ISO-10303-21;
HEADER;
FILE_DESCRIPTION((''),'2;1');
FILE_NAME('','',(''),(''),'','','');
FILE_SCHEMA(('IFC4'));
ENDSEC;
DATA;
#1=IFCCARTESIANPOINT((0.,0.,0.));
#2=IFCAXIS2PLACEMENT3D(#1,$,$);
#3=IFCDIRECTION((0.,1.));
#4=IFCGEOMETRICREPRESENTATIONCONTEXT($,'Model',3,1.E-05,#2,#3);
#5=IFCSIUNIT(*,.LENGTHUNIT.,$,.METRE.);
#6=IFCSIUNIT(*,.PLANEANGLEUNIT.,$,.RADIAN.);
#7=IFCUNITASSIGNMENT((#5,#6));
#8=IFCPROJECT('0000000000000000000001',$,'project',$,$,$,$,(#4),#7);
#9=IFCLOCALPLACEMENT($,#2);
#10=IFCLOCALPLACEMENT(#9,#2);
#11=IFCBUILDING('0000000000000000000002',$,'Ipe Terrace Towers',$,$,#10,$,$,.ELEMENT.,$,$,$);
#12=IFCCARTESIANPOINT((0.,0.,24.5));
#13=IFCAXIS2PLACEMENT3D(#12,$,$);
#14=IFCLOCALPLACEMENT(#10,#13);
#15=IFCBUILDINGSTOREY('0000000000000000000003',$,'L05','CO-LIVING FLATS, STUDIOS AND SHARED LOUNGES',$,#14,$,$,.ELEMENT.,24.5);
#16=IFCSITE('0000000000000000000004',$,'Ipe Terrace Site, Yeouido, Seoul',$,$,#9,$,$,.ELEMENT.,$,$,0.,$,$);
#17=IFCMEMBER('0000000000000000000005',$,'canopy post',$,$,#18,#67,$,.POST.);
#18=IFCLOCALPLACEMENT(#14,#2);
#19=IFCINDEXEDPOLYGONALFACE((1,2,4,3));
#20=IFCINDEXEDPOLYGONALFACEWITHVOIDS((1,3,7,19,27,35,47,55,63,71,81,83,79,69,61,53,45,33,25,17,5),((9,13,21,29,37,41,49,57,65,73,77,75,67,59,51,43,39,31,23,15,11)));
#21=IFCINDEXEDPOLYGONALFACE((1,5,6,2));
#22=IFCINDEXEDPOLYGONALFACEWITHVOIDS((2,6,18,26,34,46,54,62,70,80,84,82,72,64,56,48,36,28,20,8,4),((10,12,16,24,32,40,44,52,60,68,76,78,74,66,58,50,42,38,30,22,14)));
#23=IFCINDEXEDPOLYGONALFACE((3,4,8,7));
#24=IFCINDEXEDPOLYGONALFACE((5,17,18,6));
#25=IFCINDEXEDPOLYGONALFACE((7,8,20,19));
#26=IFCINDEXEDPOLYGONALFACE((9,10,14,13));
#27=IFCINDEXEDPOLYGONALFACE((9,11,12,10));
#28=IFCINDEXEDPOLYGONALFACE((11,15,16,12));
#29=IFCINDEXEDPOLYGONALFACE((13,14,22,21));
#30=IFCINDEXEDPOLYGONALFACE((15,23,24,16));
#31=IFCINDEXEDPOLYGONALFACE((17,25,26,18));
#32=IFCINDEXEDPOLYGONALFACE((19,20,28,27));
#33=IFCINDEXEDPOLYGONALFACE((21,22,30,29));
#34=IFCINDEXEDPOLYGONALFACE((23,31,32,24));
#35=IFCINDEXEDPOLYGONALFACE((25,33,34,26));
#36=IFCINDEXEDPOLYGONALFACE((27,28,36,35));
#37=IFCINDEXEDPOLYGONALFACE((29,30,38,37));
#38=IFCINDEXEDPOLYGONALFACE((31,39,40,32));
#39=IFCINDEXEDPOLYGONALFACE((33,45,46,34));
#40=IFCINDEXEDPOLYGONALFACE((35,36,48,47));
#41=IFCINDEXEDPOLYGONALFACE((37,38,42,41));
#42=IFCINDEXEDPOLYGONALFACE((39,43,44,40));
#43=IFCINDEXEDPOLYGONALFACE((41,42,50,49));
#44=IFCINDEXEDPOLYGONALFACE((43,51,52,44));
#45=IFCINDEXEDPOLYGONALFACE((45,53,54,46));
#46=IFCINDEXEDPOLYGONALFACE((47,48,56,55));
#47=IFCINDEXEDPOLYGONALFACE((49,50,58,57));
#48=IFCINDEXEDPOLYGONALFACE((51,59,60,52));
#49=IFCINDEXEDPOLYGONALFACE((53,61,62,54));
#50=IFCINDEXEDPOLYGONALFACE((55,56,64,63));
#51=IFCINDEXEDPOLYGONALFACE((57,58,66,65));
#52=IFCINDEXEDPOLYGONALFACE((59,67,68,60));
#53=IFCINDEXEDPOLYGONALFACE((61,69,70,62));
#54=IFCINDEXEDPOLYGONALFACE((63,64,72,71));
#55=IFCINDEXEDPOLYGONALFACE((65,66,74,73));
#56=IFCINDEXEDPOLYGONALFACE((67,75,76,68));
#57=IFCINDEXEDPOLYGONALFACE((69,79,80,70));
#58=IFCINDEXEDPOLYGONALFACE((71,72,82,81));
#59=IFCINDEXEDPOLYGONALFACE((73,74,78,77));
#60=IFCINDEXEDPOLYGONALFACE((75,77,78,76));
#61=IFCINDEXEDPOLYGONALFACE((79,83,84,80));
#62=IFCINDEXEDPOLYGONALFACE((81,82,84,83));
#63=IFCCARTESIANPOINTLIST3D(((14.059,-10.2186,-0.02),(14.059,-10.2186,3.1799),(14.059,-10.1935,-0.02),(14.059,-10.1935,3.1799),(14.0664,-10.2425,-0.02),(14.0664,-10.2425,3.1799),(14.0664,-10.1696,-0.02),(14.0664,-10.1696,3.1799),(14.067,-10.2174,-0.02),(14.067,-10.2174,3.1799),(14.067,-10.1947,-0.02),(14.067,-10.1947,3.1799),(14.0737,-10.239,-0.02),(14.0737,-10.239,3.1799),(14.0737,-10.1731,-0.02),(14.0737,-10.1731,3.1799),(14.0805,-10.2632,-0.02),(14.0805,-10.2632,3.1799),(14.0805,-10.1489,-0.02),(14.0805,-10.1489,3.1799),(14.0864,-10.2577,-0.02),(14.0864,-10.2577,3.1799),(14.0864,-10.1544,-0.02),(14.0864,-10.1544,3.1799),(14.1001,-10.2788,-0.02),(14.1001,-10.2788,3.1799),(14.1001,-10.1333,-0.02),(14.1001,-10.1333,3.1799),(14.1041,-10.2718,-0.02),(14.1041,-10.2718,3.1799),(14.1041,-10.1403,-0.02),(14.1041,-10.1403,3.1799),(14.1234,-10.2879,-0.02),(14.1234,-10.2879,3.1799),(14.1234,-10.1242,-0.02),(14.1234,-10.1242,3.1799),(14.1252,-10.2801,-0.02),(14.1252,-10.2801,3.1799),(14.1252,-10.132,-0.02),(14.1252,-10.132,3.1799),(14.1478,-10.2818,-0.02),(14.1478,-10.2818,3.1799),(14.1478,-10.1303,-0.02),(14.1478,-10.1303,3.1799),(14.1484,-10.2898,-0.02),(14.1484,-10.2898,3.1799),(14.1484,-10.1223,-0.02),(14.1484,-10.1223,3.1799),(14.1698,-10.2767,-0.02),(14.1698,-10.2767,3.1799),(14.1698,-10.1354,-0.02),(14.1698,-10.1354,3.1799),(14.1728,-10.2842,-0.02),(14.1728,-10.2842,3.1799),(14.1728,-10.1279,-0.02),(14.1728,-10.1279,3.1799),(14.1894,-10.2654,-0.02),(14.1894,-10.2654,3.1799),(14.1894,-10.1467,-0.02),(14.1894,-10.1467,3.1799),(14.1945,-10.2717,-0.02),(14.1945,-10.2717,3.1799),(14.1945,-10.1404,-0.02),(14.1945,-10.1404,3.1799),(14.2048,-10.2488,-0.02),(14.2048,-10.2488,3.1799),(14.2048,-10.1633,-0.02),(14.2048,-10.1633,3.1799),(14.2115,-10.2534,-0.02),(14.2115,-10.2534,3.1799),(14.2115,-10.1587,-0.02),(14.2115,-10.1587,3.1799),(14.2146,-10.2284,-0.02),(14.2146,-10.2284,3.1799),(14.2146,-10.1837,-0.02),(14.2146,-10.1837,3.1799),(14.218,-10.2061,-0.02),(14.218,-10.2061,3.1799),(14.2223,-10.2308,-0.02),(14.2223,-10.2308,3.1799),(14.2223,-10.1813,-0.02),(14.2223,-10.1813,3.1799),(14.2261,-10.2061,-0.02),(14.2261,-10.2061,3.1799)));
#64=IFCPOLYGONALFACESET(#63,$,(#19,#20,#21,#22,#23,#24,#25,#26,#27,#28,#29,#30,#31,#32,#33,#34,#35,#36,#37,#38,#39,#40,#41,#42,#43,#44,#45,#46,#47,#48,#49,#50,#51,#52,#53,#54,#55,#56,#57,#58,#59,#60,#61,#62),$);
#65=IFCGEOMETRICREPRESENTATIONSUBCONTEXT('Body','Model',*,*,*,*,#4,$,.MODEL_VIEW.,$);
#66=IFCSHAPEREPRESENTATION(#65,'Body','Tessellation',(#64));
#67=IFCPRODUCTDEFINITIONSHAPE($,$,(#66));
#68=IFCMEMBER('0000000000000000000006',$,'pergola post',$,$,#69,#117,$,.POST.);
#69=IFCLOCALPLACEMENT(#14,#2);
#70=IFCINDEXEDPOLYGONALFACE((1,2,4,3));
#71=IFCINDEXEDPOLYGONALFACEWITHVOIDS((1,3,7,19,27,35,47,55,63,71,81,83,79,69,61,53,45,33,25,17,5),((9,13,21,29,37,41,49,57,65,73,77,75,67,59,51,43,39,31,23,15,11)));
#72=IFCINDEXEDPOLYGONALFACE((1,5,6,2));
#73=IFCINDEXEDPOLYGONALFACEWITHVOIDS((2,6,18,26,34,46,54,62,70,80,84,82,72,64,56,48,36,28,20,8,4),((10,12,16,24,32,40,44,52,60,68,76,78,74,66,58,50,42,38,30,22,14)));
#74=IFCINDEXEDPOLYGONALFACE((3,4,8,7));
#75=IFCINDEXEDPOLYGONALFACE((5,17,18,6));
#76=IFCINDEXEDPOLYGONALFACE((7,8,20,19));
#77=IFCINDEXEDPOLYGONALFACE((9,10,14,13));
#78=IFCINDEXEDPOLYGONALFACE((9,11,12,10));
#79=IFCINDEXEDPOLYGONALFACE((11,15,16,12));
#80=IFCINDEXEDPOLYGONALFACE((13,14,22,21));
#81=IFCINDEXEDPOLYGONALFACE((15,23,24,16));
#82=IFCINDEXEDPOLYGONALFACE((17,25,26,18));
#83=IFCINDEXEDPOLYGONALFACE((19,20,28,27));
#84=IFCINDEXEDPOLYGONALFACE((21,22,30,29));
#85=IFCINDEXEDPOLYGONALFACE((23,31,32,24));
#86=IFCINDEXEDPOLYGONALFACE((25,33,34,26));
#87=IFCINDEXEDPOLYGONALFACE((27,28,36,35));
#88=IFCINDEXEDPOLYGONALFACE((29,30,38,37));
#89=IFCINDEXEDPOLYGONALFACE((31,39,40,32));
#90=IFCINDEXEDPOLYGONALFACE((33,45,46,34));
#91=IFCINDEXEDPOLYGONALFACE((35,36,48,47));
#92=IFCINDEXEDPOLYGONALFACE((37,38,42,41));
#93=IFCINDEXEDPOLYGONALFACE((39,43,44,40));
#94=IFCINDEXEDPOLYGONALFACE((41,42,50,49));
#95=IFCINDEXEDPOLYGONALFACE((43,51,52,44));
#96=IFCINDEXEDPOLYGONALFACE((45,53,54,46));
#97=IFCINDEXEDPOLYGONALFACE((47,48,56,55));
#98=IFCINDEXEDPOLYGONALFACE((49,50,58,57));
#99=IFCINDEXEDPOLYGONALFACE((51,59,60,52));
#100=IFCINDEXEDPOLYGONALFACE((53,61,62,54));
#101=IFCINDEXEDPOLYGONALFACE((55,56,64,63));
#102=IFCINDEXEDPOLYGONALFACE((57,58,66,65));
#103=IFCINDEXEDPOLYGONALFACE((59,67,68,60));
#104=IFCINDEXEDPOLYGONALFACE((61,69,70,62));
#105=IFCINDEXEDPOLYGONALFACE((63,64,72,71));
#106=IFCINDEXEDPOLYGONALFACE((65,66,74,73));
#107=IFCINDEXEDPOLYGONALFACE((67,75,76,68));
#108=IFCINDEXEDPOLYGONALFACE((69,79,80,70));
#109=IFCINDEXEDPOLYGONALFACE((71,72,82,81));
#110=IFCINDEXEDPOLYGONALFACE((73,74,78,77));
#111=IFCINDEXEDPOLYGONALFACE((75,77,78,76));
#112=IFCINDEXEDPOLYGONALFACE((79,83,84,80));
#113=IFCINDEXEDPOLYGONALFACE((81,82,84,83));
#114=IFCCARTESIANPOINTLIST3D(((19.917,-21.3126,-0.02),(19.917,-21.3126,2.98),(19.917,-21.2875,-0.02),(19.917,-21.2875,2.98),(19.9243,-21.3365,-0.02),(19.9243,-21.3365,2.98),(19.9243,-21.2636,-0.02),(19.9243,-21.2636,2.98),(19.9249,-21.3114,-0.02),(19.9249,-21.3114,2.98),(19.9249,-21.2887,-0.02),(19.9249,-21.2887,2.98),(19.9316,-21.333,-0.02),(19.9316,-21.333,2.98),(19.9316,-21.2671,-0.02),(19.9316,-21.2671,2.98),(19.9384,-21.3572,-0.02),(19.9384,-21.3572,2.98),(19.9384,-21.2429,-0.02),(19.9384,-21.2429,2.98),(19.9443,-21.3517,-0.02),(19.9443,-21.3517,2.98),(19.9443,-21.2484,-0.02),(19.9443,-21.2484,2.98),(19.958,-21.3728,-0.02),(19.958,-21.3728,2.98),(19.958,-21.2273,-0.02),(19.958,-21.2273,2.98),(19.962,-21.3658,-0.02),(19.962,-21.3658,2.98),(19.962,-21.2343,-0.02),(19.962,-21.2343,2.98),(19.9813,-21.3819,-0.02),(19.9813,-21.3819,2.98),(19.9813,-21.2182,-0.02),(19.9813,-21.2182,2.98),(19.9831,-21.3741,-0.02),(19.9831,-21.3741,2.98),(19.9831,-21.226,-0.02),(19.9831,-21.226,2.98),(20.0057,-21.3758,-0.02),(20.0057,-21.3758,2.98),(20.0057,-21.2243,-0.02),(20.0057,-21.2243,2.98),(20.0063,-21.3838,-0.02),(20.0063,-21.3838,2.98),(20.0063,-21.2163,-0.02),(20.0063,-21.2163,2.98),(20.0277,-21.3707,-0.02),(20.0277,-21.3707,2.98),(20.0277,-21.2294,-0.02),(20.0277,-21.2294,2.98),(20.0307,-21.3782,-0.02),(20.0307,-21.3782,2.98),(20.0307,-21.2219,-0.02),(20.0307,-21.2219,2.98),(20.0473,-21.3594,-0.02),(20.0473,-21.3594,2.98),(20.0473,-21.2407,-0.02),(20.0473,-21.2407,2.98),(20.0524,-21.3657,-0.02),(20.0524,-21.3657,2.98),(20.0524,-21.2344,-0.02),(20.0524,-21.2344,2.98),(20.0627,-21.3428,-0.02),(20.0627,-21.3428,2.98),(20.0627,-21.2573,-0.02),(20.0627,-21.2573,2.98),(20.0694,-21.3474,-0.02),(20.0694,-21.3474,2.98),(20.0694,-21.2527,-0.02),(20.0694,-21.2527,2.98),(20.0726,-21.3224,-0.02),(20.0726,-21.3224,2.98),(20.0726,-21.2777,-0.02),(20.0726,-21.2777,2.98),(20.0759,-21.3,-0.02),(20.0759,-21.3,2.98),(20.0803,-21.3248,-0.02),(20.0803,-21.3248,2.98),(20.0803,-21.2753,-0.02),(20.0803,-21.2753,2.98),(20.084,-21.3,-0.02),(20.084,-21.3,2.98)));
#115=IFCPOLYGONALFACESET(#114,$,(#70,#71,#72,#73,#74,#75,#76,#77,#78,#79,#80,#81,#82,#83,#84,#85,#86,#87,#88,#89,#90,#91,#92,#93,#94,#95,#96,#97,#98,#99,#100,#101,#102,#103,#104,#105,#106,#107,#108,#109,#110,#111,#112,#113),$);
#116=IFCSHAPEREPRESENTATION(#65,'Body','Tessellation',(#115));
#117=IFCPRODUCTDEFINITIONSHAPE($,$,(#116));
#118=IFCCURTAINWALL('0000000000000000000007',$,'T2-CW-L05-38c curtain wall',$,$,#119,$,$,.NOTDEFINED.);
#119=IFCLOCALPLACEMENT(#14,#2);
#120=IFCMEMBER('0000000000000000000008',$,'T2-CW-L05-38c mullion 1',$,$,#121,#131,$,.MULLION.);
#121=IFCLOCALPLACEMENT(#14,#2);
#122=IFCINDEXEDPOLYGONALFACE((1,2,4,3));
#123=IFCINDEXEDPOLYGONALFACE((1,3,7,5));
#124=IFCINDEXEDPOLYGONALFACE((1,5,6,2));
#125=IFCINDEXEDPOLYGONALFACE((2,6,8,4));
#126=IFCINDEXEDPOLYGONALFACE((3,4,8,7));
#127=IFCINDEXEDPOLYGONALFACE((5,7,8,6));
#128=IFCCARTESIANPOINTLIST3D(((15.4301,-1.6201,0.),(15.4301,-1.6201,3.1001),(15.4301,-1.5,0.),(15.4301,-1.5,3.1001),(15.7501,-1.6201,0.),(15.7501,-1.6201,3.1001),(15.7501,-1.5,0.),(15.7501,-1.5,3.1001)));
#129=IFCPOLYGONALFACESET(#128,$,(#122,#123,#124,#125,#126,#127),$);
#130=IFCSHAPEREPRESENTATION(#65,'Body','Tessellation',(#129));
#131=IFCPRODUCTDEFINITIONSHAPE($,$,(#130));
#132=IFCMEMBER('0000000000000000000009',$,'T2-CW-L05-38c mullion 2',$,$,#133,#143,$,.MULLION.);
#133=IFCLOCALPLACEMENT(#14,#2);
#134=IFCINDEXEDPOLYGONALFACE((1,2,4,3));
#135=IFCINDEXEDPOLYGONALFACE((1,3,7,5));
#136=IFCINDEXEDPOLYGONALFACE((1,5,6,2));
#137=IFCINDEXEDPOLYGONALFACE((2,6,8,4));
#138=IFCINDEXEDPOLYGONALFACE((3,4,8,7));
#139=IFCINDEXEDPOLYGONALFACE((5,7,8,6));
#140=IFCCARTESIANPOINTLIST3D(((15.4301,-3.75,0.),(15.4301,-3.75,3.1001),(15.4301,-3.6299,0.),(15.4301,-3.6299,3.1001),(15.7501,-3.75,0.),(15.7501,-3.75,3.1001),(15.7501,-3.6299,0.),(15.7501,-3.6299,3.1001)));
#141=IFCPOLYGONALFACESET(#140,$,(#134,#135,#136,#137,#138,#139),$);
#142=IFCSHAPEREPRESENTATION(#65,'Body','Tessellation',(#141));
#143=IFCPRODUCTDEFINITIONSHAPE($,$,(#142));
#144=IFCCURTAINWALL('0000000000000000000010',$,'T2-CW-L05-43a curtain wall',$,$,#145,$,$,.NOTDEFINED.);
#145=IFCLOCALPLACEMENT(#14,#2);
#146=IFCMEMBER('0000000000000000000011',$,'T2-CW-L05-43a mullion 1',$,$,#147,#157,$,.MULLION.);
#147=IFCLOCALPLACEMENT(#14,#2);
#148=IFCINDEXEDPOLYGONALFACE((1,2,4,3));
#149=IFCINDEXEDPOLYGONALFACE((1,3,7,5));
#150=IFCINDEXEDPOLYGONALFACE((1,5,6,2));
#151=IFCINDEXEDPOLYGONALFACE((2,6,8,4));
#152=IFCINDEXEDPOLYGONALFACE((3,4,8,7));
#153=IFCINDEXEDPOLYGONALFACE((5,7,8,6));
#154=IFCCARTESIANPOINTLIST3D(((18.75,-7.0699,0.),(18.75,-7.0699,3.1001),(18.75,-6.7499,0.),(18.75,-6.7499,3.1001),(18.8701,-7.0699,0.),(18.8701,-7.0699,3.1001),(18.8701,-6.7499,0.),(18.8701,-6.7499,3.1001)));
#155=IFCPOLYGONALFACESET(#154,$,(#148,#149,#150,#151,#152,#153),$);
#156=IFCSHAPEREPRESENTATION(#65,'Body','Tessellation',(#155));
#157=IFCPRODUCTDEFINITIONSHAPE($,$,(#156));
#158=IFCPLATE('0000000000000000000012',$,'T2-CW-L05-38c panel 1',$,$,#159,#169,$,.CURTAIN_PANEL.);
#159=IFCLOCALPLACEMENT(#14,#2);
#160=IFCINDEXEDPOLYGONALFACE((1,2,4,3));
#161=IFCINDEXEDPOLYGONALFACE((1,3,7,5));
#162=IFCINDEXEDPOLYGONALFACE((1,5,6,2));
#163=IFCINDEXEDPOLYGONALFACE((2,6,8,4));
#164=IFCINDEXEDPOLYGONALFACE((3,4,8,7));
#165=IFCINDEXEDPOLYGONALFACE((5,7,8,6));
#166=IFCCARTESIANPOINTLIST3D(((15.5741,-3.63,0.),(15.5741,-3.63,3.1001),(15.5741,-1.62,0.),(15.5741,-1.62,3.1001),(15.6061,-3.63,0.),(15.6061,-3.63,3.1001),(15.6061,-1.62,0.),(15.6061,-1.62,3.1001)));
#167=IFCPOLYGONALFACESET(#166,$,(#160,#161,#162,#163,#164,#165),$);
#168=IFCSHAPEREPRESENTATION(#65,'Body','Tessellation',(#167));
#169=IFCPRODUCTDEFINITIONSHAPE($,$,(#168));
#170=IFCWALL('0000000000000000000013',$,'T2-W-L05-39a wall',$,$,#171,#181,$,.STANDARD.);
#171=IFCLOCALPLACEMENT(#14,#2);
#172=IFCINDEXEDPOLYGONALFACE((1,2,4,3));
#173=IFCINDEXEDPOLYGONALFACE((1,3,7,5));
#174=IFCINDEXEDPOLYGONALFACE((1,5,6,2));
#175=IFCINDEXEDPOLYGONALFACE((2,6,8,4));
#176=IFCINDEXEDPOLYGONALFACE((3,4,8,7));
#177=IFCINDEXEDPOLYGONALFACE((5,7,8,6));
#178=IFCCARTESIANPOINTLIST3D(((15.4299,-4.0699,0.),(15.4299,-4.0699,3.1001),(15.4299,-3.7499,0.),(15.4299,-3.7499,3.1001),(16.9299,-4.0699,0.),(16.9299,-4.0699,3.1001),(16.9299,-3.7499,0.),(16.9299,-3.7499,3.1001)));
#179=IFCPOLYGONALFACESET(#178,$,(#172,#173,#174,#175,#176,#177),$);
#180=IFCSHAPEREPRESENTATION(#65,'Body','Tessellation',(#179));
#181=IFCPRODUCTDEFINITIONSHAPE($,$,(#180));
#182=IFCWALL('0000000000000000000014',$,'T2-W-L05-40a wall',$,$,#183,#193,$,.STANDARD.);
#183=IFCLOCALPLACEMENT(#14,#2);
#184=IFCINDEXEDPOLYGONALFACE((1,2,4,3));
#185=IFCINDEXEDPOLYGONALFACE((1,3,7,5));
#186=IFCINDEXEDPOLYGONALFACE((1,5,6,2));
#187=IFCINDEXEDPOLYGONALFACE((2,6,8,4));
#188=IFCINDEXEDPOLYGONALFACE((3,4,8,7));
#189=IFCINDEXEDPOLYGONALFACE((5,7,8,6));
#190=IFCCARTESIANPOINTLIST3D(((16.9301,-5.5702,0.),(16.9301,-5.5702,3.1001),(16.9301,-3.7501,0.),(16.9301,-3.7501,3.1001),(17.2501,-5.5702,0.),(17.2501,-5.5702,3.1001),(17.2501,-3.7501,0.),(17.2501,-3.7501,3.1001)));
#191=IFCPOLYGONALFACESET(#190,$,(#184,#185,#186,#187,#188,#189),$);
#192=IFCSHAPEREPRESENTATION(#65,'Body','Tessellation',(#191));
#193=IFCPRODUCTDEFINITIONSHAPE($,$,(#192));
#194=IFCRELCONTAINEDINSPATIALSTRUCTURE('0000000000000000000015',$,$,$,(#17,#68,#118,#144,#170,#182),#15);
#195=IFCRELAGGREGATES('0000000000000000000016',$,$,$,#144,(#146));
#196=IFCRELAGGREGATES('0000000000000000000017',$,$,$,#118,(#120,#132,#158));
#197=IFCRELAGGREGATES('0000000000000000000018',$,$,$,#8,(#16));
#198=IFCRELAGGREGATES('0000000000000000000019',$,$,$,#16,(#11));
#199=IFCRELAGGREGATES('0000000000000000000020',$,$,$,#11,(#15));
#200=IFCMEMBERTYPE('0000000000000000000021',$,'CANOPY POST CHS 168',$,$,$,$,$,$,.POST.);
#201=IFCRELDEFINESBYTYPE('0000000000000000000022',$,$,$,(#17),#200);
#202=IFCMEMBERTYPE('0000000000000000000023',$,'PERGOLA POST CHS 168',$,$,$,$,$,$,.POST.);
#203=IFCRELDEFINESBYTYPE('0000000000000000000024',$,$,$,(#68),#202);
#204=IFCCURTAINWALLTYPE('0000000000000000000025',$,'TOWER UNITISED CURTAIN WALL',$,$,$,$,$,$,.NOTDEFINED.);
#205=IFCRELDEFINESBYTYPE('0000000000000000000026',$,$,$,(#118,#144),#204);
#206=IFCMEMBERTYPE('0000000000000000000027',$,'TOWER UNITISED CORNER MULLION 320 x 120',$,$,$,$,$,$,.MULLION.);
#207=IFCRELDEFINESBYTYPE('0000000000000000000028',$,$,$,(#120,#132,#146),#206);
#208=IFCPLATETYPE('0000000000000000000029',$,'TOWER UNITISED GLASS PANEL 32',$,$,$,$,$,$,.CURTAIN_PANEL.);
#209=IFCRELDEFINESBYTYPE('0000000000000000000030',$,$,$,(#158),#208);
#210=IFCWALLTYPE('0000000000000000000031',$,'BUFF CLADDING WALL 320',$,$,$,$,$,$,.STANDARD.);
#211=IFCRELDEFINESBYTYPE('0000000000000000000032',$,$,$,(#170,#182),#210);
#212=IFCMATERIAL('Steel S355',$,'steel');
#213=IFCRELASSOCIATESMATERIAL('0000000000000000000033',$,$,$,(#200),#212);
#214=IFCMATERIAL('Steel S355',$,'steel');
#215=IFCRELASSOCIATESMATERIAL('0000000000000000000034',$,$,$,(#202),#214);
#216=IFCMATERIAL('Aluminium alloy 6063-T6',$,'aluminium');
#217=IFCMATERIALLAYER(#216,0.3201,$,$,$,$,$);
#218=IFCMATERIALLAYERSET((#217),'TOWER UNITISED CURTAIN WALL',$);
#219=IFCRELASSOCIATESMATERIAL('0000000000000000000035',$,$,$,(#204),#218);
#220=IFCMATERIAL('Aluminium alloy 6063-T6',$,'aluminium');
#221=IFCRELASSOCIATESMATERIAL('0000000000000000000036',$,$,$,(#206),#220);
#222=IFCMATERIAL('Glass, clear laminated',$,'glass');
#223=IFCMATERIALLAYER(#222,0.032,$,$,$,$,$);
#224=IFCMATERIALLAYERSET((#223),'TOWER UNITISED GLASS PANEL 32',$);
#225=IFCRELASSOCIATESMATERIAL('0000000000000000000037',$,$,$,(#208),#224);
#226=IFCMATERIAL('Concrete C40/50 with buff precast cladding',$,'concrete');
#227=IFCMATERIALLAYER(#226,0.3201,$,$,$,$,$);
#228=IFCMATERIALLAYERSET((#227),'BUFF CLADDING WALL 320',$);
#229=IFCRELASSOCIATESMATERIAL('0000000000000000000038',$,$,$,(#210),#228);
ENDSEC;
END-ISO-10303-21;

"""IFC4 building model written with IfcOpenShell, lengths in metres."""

from ifc_helpers import new_model, si_unit, direction, frame, frame_2d, origin, origin_2d, place, context, subcontext, project, spatial, rectangle, hollow_circle, extrude, material, layer, layer_set, material_profile, profile_set, type_object, element, aggregate, save


model = new_model("IFC4")

# Units and contexts
model_context = context("Model", 3, precision=1e-05, world=origin(), true_north=direction((0.0, 1.0)))
body_context = subcontext(model_context, "Body", "Model", "MODEL_VIEW")
ifc_project = project(units=[si_unit("LENGTHUNIT", "METRE"), si_unit("PLANEANGLEUNIT", "RADIAN")], contexts=[model_context])

# Site, building, storey
site_placement = place(None, origin())
site = spatial("IfcSite", under=ifc_project, at=site_placement, Name="Ipe Terrace Site, Yeouido, Seoul", CompositionType="ELEMENT", RefElevation=0.0)
building_placement = place(site_placement, origin())
building = spatial("IfcBuilding", under=site, at=building_placement, Name="Ipe Terrace Towers", CompositionType="ELEMENT")
storey_placement = place(building_placement, frame((0.0, 0.0, 24.5)))
storey = spatial("IfcBuildingStorey", under=building, at=storey_placement, Name="L05", Description="CO-LIVING FLATS, STUDIOS AND SHARED LOUNGES", CompositionType="ELEMENT", Elevation=24.5)

# Members
ifc_material_1 = material(Name="Steel S355", Category="steel")
ifc_material_profile_1 = material_profile(ifc_material_1, hollow_circle(Radius=0.084, WallThickness=0.0081, at=origin_2d()), Name="CANOPY POST CHS 168")
ifc_profile_set_1 = profile_set([ifc_material_profile_1], Name="Steel S355")
member_type_1 = type_object("IfcMemberType", Name="CANOPY POST CHS 168", PredefinedType="POST", material=ifc_profile_set_1)
for number, where, z_axis, x_axis, name in (
    (1, (14.1421, -10.2061, -0.02), (0.0, 0.0, 1.0), (1.0, 0.0, 0.0), "canopy post"),
):
    element("IfcMember", number, at=place(storey_placement, frame(where, z_axis=z_axis, x_axis=x_axis)), inside=storey, type_object=member_type_1, Name=name, PredefinedType="POST", context=body_context, shape_type="SweptSolid", body=[
        extrude(hollow_circle(Radius=0.084, WallThickness=0.0081, at=origin_2d()), origin(), (0.0, 0.0, 1.0), 3.2),
    ])
ifc_material_2 = material(Name="Steel S355", Category="steel")
ifc_material_profile_2 = material_profile(ifc_material_2, hollow_circle(Radius=0.084, WallThickness=0.0081, at=origin_2d()), Name="PERGOLA POST CHS 168")
ifc_profile_set_2 = profile_set([ifc_material_profile_2], Name="Steel S355")
member_type_2 = type_object("IfcMemberType", Name="PERGOLA POST CHS 168", PredefinedType="POST", material=ifc_profile_set_2)
member_1_placement = place(storey_placement, frame((20.0, -21.3, -0.02), z_axis=(0.0, 0.0, 1.0), x_axis=(1.0, 0.0, 0.0)))
element("IfcMember", 2, at=member_1_placement, inside=storey, type_object=member_type_2, Name="pergola post", PredefinedType="POST", context=body_context, shape_type="SweptSolid", body=[
    extrude(hollow_circle(Radius=0.084, WallThickness=0.0081, at=origin_2d()), origin(), (0.0, 0.0, 1.0), 3.0),
])

# Curtain wall, members
ifc_material_3 = material(Name="Aluminium alloy 6063-T6", Category="aluminium")
ifc_layer_1 = layer(ifc_material_3, 0.3201)
ifc_layer_set_1 = layer_set([ifc_layer_1], Name="TOWER UNITISED CURTAIN WALL")
curtain_wall_type = type_object("IfcCurtainWallType", Name="TOWER UNITISED CURTAIN WALL", PredefinedType="NOTDEFINED", material=ifc_layer_set_1)
curtain_wall_1_placement = place(storey_placement, origin())
curtain_wall_1 = element("IfcCurtainWall", 3, at=curtain_wall_1_placement, inside=storey, type_object=curtain_wall_type, Name="T2-CW-L05-38c curtain wall", PredefinedType="NOTDEFINED")
ifc_material_4 = material(Name="Aluminium alloy 6063-T6", Category="aluminium")
ifc_material_profile_3 = material_profile(ifc_material_4, rectangle(XDim=0.3201, YDim=0.1201, at=origin_2d()), Name="TOWER UNITISED CORNER MULLION 320 x 120")
ifc_profile_set_3 = profile_set([ifc_material_profile_3], Name="Aluminium alloy 6063-T6")
member_type_3 = type_object("IfcMemberType", Name="TOWER UNITISED CORNER MULLION 320 x 120", PredefinedType="MULLION", material=ifc_profile_set_3)
member_2_placement = place(storey_placement, frame((15.5901, -1.5601, 0.0), z_axis=(0.0, 0.0, 1.0), x_axis=(-1.0, 0.0, 0.0)))
member_2 = element("IfcMember", 4, at=member_2_placement, type_object=member_type_3, Name="T2-CW-L05-38c mullion 1", PredefinedType="MULLION", context=body_context, shape_type="SweptSolid", body=[
    extrude(rectangle(XDim=0.3201, YDim=0.1201, at=origin_2d()), origin(), (0.0, 0.0, 1.0), 3.1001),
])
member_3_placement = place(storey_placement, frame((15.5901, -3.6899, 0.0), z_axis=(0.0, 0.0, 1.0), x_axis=(-1.0, 0.0, 0.0)))
member_3 = element("IfcMember", 5, at=member_3_placement, type_object=member_type_3, Name="T2-CW-L05-38c mullion 2", PredefinedType="MULLION", context=body_context, shape_type="SweptSolid", body=[
    extrude(rectangle(XDim=0.3201, YDim=0.1201, at=origin_2d()), origin(), (0.0, 0.0, 1.0), 3.1001),
])

# Curtain wall, member
curtain_wall_2_placement = place(storey_placement, origin())
curtain_wall_2 = element("IfcCurtainWall", 6, at=curtain_wall_2_placement, inside=storey, type_object=curtain_wall_type, Name="T2-CW-L05-43a curtain wall", PredefinedType="NOTDEFINED")
member_4_placement = place(storey_placement, frame((18.8101, -6.9099, 0.0), z_axis=(0.0, 0.0, 1.0), x_axis=(0.0, -1.0, 0.0)))
member_4 = element("IfcMember", 7, at=member_4_placement, type_object=member_type_3, Name="T2-CW-L05-43a mullion 1", PredefinedType="MULLION", context=body_context, shape_type="SweptSolid", body=[
    extrude(rectangle(XDim=0.3201, YDim=0.1201, at=origin_2d()), origin(), (0.0, 0.0, 1.0), 3.1001),
])
aggregate(curtain_wall_2, [member_4])

# Plate
ifc_material_5 = material(Name="Glass, clear laminated", Category="glass")
ifc_layer_2 = layer(ifc_material_5, 0.032)
ifc_layer_set_2 = layer_set([ifc_layer_2], Name="TOWER UNITISED GLASS PANEL 32")
plate_type = type_object("IfcPlateType", Name="TOWER UNITISED GLASS PANEL 32", PredefinedType="CURTAIN_PANEL", material=ifc_layer_set_2)
plate_placement = place(storey_placement, frame((15.5901, -2.625, 0.0), z_axis=(0.0, 0.0, 1.0), x_axis=(0.0, -1.0, 0.0)))
plate = element("IfcPlate", 8, at=plate_placement, type_object=plate_type, Name="T2-CW-L05-38c panel 1", PredefinedType="CURTAIN_PANEL", context=body_context, shape_type="SweptSolid", body=[
    extrude(rectangle(XDim=2.01, YDim=0.032, at=origin_2d()), origin(), (0.0, 0.0, 1.0), 3.1001),
])
aggregate(curtain_wall_1, [member_2, member_3, plate])

# Walls
ifc_material_6 = material(Name="Concrete C40/50 with buff precast cladding", Category="concrete")
ifc_layer_3 = layer(ifc_material_6, 0.3201)
ifc_layer_set_3 = layer_set([ifc_layer_3], Name="BUFF CLADDING WALL 320")
wall_type_1 = type_object("IfcWallType", Name="BUFF CLADDING WALL 320", PredefinedType="STANDARD", material=ifc_layer_set_3)
wall_1_placement = place(storey_placement, frame((15.4299, -3.9099, 0.0), z_axis=(0.0, 0.0, 1.0), x_axis=(1.0, 0.0, 0.0)))
element("IfcWall", 9, at=wall_1_placement, inside=storey, type_object=wall_type_1, Name="T2-W-L05-39a wall", PredefinedType="STANDARD", context=body_context, shape_type="SweptSolid", body=[
    extrude(rectangle(XDim=1.5, YDim=0.3201, at=frame_2d((0.75, 0.0))), origin(), (0.0, 0.0, 1.0), 3.1001),
])
wall_2_placement = place(storey_placement, frame((17.0901, -3.75, 0.0), z_axis=(0.0, 0.0, 1.0), x_axis=(0.0, -1.0, 0.0)))
element("IfcWall", 10, at=wall_2_placement, inside=storey, type_object=wall_type_1, Name="T2-W-L05-40a wall", PredefinedType="STANDARD", context=body_context, shape_type="SweptSolid", body=[
    extrude(rectangle(XDim=1.8201, YDim=0.3201, at=frame_2d((0.9102, 0.0))), origin(), (0.0, 0.0, 1.0), 3.1001),
])

save(model, "model.ifc")
